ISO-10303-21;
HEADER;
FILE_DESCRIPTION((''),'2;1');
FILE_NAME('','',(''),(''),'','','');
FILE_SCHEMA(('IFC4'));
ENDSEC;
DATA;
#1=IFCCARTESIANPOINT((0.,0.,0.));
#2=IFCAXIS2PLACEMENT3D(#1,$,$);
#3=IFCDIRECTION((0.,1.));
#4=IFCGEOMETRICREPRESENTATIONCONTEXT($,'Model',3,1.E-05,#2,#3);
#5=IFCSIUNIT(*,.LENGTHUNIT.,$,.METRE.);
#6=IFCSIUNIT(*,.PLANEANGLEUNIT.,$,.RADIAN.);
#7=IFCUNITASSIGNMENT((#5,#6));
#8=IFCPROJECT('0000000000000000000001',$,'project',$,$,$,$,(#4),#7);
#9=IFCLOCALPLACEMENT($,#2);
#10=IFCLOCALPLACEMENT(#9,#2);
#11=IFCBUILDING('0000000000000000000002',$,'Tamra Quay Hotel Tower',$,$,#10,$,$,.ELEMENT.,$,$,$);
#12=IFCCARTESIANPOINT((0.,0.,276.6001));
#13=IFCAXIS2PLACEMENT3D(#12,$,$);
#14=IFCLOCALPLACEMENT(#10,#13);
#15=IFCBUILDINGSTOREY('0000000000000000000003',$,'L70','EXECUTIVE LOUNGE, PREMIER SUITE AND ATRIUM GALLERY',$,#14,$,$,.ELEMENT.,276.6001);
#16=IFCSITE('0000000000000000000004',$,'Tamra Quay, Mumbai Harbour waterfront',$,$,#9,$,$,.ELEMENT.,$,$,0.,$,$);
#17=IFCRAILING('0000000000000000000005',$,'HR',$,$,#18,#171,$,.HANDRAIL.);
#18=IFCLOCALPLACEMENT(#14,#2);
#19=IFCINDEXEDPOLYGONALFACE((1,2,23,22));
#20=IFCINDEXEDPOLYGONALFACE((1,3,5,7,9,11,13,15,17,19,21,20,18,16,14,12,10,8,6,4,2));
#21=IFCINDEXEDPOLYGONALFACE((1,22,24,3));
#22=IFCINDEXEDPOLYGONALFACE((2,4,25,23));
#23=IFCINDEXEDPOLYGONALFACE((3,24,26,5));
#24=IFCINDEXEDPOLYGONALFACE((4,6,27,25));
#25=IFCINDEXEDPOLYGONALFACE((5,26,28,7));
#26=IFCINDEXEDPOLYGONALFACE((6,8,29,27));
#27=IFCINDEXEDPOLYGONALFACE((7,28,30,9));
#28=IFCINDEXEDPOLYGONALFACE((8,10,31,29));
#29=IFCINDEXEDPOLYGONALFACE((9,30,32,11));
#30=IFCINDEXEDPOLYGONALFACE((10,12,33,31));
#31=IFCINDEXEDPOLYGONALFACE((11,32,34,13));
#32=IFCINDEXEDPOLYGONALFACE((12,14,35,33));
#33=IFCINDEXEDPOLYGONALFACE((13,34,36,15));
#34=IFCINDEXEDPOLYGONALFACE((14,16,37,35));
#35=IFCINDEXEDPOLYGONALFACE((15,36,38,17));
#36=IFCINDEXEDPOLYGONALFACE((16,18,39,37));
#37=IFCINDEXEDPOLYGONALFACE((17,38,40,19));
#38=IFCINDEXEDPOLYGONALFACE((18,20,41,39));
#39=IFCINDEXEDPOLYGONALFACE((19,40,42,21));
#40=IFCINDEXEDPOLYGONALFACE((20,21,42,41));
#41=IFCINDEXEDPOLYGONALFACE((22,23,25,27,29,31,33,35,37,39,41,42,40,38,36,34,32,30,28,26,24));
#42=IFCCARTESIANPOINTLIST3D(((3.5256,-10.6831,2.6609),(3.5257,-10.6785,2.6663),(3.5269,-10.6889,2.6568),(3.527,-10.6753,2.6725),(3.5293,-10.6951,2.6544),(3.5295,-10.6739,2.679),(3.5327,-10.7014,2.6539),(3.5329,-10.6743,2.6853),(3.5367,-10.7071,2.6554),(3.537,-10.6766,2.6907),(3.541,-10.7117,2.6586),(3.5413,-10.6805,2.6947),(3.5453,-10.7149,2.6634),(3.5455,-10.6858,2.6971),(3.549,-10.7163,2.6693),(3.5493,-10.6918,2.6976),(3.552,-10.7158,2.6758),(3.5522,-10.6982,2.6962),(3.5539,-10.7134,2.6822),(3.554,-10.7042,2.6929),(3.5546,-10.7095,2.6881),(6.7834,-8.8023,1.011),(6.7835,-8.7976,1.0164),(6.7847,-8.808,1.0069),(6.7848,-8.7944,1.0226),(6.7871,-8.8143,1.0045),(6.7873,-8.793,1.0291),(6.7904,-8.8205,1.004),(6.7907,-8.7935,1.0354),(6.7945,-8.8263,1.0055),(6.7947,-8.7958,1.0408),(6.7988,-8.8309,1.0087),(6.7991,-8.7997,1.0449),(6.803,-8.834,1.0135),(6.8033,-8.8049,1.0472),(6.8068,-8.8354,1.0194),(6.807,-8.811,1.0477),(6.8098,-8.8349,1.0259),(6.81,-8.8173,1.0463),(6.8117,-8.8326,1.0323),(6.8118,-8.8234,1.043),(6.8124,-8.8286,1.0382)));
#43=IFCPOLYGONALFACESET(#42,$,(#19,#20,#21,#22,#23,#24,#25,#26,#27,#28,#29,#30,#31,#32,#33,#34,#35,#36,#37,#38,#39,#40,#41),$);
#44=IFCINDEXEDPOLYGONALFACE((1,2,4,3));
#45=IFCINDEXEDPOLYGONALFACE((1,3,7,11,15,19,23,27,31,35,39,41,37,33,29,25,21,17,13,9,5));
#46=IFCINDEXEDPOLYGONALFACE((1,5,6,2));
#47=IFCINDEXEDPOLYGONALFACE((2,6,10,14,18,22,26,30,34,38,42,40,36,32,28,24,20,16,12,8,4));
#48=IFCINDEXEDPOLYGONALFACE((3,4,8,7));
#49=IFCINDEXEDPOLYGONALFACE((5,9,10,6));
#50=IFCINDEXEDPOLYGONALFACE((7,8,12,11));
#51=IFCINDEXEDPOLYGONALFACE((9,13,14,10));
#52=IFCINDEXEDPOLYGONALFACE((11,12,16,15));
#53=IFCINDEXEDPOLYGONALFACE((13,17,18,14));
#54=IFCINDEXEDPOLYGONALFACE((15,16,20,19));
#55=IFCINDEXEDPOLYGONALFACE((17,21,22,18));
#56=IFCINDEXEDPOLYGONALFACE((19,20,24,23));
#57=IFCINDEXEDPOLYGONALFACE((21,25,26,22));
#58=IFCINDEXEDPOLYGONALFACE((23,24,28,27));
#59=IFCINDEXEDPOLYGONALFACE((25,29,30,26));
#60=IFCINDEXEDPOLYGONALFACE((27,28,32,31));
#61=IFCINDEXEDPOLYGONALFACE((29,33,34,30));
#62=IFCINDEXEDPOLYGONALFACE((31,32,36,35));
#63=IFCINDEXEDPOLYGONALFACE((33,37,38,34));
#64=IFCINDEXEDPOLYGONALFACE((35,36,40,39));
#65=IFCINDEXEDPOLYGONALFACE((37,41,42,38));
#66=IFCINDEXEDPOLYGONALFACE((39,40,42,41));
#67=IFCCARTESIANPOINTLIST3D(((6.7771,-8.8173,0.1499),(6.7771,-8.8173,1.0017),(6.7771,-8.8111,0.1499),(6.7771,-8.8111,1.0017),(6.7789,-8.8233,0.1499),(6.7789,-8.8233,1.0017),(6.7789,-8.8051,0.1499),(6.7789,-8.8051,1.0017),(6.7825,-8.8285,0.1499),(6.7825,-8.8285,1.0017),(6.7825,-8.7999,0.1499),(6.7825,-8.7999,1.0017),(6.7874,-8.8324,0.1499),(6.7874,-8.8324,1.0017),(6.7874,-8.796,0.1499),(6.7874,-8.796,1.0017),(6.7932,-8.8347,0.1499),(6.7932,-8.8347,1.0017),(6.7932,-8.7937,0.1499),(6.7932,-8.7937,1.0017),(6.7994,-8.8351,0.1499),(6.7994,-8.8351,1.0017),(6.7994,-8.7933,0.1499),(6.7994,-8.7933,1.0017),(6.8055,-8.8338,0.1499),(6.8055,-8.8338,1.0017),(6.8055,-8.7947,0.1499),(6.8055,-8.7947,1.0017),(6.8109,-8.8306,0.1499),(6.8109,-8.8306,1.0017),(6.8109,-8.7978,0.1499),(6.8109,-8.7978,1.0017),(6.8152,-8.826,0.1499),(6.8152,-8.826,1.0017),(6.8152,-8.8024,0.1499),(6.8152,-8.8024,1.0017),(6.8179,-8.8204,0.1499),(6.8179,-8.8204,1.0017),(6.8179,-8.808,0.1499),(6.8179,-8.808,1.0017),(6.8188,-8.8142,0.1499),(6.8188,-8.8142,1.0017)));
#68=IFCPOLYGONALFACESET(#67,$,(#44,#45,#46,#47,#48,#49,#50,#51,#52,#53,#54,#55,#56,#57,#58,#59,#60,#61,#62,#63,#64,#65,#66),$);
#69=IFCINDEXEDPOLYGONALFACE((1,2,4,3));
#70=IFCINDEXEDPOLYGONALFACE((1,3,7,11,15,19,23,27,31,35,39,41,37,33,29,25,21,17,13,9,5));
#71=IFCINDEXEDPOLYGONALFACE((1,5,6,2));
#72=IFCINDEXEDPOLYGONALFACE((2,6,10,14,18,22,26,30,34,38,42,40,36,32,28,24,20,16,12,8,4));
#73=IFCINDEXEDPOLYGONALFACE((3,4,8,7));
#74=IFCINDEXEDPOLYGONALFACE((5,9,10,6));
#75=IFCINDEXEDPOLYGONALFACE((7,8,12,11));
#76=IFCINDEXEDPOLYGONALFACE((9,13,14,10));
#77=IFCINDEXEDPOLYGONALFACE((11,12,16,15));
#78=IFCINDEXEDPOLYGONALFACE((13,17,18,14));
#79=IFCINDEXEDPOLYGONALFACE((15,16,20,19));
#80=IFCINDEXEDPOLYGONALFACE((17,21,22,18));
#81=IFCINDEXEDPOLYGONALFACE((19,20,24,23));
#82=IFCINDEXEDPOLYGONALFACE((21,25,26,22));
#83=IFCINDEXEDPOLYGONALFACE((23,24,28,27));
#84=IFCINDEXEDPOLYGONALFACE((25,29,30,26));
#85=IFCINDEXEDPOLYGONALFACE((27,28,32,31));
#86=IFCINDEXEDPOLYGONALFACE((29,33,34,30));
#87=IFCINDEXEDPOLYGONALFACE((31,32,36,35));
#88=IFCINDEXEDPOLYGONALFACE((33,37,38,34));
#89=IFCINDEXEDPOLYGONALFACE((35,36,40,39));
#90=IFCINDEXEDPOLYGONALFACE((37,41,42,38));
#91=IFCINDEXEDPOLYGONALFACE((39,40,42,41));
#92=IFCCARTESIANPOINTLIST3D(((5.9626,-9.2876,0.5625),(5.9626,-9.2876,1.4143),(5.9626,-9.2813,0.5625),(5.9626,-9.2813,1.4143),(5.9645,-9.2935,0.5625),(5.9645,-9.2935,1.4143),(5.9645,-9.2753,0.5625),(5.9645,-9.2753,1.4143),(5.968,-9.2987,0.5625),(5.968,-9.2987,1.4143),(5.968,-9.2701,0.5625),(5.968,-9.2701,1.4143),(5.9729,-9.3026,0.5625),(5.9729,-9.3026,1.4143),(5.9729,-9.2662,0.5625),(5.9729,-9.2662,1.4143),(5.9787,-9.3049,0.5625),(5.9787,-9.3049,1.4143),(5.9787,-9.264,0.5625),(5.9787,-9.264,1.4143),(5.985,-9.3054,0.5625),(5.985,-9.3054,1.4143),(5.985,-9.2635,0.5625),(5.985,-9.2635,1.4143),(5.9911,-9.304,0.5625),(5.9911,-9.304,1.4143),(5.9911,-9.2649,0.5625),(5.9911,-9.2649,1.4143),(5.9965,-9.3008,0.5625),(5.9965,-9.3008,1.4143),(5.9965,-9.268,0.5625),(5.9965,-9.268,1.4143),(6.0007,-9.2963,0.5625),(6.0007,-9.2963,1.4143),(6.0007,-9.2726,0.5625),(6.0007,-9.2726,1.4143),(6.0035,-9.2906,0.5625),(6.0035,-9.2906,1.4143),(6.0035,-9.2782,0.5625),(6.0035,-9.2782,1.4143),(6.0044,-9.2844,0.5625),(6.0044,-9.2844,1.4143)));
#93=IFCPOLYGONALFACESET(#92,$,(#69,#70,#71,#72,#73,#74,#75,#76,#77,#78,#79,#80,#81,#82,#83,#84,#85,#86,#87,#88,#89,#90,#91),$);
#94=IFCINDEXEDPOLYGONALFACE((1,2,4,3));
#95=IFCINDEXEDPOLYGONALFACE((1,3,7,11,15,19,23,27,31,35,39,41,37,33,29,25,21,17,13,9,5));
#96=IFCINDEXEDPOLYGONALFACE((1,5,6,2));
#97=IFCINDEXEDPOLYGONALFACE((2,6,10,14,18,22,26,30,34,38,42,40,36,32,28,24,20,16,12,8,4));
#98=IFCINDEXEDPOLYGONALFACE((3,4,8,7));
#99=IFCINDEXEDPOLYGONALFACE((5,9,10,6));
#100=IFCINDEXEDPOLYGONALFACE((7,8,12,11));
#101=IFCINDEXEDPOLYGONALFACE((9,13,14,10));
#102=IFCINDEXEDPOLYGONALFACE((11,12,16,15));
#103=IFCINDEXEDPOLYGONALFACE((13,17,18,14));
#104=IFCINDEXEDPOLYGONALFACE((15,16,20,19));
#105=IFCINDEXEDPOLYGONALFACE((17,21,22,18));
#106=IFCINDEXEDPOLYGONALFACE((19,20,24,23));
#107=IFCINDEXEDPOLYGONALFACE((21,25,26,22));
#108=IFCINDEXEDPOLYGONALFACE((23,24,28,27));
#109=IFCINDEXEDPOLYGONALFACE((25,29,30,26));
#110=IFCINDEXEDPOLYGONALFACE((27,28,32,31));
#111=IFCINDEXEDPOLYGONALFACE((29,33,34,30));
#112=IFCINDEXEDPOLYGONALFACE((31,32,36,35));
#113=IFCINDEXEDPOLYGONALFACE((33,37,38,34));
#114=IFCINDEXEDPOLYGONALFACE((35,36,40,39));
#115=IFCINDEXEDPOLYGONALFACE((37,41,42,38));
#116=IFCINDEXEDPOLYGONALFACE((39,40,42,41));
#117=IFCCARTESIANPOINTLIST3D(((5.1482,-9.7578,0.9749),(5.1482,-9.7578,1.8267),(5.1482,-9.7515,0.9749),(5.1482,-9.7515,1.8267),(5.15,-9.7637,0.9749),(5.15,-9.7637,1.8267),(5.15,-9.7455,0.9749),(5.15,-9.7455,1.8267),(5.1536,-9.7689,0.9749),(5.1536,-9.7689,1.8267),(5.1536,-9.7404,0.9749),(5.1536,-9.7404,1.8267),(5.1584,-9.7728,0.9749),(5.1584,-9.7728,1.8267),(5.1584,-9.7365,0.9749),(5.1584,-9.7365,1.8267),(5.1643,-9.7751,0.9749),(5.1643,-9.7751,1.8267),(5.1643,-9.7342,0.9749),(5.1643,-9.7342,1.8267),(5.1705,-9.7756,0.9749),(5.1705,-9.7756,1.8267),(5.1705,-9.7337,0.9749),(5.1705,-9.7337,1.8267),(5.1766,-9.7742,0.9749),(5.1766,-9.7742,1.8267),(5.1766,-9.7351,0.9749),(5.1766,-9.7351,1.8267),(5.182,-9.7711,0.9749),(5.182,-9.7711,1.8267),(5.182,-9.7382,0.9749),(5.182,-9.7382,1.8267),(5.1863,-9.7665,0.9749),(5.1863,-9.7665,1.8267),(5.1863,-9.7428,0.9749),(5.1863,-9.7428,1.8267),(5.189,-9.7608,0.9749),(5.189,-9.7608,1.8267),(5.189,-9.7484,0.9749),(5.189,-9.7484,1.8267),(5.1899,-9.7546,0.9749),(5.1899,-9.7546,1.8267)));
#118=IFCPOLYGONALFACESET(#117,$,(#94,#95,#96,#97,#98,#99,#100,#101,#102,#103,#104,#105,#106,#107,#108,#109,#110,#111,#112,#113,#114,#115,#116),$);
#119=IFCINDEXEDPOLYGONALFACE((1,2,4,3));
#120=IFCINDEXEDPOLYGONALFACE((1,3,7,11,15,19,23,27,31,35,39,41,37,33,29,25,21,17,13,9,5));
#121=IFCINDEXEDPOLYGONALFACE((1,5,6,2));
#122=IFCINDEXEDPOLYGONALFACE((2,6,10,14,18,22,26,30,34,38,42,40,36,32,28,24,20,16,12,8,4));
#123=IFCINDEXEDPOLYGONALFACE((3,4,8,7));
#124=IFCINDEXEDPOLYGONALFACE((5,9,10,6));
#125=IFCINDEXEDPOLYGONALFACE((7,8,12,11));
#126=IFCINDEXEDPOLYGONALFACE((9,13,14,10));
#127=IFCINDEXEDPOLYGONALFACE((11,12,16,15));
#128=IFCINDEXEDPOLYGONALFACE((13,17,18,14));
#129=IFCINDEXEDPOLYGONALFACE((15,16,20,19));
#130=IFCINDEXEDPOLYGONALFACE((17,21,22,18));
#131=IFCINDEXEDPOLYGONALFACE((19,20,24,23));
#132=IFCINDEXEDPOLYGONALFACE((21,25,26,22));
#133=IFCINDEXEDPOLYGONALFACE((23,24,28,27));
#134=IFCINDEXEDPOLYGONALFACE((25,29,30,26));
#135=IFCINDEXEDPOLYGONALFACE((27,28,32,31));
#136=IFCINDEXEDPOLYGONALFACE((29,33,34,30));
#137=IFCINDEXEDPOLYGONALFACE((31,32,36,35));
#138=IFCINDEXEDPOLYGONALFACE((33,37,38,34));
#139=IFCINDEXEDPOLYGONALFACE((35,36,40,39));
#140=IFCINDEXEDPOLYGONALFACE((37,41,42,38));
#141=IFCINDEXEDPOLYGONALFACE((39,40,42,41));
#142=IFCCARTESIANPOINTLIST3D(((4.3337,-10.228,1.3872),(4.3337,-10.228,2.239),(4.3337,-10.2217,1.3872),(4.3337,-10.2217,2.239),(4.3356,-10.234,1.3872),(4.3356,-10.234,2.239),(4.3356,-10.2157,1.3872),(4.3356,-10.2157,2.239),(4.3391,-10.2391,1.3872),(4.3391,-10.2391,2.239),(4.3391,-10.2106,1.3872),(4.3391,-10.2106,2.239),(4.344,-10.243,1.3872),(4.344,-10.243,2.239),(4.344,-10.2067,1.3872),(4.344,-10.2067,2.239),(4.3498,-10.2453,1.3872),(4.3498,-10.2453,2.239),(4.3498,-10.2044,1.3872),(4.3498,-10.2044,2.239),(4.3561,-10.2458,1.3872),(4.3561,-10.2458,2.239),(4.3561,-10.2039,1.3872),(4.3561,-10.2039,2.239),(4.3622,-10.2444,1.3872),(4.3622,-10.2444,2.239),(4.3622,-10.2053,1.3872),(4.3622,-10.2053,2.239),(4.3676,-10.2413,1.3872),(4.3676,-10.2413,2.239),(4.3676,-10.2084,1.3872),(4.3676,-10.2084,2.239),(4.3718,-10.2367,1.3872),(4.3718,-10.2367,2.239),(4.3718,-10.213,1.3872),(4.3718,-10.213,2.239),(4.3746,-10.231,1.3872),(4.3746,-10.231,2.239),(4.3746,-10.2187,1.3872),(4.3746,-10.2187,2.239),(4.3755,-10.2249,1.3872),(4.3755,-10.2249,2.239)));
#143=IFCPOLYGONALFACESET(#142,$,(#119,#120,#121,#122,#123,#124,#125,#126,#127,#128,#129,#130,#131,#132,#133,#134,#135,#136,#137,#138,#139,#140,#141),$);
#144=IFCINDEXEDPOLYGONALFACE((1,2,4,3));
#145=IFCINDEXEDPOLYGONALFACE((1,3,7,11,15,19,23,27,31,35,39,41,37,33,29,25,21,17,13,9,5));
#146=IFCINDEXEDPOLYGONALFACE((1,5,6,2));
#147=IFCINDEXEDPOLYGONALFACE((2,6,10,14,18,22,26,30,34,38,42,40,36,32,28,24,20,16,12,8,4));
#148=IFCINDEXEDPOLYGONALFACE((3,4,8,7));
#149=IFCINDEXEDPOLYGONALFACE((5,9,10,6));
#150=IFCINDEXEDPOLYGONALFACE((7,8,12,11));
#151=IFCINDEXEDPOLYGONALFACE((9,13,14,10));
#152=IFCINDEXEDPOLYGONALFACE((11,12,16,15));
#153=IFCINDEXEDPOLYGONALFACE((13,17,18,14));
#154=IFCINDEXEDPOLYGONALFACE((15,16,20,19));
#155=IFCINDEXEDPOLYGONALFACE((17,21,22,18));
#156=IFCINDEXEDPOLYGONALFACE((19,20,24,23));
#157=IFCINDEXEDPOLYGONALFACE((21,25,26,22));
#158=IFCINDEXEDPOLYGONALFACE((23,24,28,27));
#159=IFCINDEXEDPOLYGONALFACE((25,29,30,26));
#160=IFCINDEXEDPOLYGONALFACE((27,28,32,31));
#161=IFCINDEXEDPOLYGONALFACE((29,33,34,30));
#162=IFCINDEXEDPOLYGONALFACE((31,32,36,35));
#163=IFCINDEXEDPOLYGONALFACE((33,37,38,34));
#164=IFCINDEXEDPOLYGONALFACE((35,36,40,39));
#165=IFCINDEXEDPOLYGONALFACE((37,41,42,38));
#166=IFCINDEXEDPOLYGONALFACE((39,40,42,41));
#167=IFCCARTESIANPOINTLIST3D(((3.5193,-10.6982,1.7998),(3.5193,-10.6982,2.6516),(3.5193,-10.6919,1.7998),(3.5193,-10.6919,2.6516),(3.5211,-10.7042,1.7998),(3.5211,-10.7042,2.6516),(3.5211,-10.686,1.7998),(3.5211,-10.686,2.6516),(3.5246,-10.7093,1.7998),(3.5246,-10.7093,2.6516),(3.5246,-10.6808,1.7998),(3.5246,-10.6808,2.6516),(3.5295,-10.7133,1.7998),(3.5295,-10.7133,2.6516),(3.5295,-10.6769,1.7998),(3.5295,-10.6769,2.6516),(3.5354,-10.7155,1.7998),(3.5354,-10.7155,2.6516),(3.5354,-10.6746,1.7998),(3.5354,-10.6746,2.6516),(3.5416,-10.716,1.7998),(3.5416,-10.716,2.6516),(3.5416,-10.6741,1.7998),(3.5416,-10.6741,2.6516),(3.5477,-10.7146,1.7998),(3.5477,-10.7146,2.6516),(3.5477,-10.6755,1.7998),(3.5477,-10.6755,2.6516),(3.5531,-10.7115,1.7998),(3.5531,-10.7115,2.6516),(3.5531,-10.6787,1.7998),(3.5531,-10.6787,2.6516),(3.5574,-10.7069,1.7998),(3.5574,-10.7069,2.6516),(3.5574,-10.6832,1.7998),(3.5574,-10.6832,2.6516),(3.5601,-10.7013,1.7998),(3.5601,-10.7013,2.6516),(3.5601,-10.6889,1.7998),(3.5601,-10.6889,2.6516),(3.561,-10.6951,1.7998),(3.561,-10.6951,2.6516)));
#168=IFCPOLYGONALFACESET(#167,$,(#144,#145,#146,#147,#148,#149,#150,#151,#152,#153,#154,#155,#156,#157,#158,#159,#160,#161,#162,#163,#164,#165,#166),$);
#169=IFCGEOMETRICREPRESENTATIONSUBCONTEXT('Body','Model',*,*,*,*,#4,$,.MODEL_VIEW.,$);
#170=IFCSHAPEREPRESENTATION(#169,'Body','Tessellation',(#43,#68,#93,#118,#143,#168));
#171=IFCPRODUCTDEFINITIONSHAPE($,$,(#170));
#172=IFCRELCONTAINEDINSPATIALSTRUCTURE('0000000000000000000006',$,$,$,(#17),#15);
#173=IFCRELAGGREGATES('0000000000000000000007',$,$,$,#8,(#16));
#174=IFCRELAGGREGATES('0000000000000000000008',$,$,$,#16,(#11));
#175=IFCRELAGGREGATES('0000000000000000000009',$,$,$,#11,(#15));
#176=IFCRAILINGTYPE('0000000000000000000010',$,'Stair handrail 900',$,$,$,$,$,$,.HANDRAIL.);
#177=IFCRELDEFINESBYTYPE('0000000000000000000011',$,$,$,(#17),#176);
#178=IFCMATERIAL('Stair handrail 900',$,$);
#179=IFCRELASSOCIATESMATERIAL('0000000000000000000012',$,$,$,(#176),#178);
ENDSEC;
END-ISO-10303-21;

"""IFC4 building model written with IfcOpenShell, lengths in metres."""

from ifc_helpers import new_model, si_unit, direction, frame, origin, origin_2d, place, context, subcontext, project, spatial, circle, extrude, material, type_object, element, save


model = new_model("IFC4")

# Units and contexts
model_context = context("Model", 3, precision=1e-05, world=origin(), true_north=direction((0.0, 1.0)))
body_context = subcontext(model_context, "Body", "Model", "MODEL_VIEW")
ifc_project = project(units=[si_unit("LENGTHUNIT", "METRE"), si_unit("PLANEANGLEUNIT", "RADIAN")], contexts=[model_context])

# Site, building, storey
site_placement = place(None, origin())
site = spatial("IfcSite", under=ifc_project, at=site_placement, Name="Tamra Quay, Mumbai Harbour waterfront", CompositionType="ELEMENT", RefElevation=0.0)
building_placement = place(site_placement, origin())
building = spatial("IfcBuilding", under=site, at=building_placement, Name="Tamra Quay Hotel Tower", CompositionType="ELEMENT")
storey_placement = place(building_placement, frame((0.0, 0.0, 276.6001)))
storey = spatial("IfcBuildingStorey", under=building, at=storey_placement, Name="L70", Description="EXECUTIVE LOUNGE, PREMIER SUITE AND ATRIUM GALLERY", CompositionType="ELEMENT", Elevation=276.6001)

# Railing
ifc_material_1 = material(Name="Stair handrail 900")
railing_type_1 = type_object("IfcRailingType", Name="Stair handrail 900", PredefinedType="HANDRAIL", material=ifc_material_1)
railing_1_placement = place(storey_placement, frame((6.7979, -8.8142, 0.1499)))
element("IfcRailing", 1, at=railing_1_placement, inside=storey, type_object=railing_type_1, Name="HR", PredefinedType="HANDRAIL", context=body_context, shape_type="SweptSolid", body=[
    extrude(circle(Radius=0.0239, at=origin_2d()), frame((0.0, 0.0, 0.876), z_axis=(-0.7931, -0.457887, 0.401661), x_axis=(0.499992, -0.86603, 0.0)), (0.0, 0.0, 1.0), 4.1077),
    extrude(circle(Radius=0.021, at=origin_2d()), origin(), (0.0, 0.0, 1.0), 0.8518),
    extrude(circle(Radius=0.021, at=origin_2d()), frame((-0.8145, -0.4702, 0.4126)), (0.0, 0.0, 1.0), 0.8518),
    extrude(circle(Radius=0.021, at=origin_2d()), frame((-1.6289, -0.9404, 0.825)), (0.0, 0.0, 1.0), 0.8518),
    extrude(circle(Radius=0.021, at=origin_2d()), frame((-2.4434, -1.4106, 1.2373)), (0.0, 0.0, 1.0), 0.8518),
    extrude(circle(Radius=0.021, at=origin_2d()), frame((-3.2578, -1.8809, 1.6499)), (0.0, 0.0, 1.0), 0.8518),
])

save(model, "model.ifc")
